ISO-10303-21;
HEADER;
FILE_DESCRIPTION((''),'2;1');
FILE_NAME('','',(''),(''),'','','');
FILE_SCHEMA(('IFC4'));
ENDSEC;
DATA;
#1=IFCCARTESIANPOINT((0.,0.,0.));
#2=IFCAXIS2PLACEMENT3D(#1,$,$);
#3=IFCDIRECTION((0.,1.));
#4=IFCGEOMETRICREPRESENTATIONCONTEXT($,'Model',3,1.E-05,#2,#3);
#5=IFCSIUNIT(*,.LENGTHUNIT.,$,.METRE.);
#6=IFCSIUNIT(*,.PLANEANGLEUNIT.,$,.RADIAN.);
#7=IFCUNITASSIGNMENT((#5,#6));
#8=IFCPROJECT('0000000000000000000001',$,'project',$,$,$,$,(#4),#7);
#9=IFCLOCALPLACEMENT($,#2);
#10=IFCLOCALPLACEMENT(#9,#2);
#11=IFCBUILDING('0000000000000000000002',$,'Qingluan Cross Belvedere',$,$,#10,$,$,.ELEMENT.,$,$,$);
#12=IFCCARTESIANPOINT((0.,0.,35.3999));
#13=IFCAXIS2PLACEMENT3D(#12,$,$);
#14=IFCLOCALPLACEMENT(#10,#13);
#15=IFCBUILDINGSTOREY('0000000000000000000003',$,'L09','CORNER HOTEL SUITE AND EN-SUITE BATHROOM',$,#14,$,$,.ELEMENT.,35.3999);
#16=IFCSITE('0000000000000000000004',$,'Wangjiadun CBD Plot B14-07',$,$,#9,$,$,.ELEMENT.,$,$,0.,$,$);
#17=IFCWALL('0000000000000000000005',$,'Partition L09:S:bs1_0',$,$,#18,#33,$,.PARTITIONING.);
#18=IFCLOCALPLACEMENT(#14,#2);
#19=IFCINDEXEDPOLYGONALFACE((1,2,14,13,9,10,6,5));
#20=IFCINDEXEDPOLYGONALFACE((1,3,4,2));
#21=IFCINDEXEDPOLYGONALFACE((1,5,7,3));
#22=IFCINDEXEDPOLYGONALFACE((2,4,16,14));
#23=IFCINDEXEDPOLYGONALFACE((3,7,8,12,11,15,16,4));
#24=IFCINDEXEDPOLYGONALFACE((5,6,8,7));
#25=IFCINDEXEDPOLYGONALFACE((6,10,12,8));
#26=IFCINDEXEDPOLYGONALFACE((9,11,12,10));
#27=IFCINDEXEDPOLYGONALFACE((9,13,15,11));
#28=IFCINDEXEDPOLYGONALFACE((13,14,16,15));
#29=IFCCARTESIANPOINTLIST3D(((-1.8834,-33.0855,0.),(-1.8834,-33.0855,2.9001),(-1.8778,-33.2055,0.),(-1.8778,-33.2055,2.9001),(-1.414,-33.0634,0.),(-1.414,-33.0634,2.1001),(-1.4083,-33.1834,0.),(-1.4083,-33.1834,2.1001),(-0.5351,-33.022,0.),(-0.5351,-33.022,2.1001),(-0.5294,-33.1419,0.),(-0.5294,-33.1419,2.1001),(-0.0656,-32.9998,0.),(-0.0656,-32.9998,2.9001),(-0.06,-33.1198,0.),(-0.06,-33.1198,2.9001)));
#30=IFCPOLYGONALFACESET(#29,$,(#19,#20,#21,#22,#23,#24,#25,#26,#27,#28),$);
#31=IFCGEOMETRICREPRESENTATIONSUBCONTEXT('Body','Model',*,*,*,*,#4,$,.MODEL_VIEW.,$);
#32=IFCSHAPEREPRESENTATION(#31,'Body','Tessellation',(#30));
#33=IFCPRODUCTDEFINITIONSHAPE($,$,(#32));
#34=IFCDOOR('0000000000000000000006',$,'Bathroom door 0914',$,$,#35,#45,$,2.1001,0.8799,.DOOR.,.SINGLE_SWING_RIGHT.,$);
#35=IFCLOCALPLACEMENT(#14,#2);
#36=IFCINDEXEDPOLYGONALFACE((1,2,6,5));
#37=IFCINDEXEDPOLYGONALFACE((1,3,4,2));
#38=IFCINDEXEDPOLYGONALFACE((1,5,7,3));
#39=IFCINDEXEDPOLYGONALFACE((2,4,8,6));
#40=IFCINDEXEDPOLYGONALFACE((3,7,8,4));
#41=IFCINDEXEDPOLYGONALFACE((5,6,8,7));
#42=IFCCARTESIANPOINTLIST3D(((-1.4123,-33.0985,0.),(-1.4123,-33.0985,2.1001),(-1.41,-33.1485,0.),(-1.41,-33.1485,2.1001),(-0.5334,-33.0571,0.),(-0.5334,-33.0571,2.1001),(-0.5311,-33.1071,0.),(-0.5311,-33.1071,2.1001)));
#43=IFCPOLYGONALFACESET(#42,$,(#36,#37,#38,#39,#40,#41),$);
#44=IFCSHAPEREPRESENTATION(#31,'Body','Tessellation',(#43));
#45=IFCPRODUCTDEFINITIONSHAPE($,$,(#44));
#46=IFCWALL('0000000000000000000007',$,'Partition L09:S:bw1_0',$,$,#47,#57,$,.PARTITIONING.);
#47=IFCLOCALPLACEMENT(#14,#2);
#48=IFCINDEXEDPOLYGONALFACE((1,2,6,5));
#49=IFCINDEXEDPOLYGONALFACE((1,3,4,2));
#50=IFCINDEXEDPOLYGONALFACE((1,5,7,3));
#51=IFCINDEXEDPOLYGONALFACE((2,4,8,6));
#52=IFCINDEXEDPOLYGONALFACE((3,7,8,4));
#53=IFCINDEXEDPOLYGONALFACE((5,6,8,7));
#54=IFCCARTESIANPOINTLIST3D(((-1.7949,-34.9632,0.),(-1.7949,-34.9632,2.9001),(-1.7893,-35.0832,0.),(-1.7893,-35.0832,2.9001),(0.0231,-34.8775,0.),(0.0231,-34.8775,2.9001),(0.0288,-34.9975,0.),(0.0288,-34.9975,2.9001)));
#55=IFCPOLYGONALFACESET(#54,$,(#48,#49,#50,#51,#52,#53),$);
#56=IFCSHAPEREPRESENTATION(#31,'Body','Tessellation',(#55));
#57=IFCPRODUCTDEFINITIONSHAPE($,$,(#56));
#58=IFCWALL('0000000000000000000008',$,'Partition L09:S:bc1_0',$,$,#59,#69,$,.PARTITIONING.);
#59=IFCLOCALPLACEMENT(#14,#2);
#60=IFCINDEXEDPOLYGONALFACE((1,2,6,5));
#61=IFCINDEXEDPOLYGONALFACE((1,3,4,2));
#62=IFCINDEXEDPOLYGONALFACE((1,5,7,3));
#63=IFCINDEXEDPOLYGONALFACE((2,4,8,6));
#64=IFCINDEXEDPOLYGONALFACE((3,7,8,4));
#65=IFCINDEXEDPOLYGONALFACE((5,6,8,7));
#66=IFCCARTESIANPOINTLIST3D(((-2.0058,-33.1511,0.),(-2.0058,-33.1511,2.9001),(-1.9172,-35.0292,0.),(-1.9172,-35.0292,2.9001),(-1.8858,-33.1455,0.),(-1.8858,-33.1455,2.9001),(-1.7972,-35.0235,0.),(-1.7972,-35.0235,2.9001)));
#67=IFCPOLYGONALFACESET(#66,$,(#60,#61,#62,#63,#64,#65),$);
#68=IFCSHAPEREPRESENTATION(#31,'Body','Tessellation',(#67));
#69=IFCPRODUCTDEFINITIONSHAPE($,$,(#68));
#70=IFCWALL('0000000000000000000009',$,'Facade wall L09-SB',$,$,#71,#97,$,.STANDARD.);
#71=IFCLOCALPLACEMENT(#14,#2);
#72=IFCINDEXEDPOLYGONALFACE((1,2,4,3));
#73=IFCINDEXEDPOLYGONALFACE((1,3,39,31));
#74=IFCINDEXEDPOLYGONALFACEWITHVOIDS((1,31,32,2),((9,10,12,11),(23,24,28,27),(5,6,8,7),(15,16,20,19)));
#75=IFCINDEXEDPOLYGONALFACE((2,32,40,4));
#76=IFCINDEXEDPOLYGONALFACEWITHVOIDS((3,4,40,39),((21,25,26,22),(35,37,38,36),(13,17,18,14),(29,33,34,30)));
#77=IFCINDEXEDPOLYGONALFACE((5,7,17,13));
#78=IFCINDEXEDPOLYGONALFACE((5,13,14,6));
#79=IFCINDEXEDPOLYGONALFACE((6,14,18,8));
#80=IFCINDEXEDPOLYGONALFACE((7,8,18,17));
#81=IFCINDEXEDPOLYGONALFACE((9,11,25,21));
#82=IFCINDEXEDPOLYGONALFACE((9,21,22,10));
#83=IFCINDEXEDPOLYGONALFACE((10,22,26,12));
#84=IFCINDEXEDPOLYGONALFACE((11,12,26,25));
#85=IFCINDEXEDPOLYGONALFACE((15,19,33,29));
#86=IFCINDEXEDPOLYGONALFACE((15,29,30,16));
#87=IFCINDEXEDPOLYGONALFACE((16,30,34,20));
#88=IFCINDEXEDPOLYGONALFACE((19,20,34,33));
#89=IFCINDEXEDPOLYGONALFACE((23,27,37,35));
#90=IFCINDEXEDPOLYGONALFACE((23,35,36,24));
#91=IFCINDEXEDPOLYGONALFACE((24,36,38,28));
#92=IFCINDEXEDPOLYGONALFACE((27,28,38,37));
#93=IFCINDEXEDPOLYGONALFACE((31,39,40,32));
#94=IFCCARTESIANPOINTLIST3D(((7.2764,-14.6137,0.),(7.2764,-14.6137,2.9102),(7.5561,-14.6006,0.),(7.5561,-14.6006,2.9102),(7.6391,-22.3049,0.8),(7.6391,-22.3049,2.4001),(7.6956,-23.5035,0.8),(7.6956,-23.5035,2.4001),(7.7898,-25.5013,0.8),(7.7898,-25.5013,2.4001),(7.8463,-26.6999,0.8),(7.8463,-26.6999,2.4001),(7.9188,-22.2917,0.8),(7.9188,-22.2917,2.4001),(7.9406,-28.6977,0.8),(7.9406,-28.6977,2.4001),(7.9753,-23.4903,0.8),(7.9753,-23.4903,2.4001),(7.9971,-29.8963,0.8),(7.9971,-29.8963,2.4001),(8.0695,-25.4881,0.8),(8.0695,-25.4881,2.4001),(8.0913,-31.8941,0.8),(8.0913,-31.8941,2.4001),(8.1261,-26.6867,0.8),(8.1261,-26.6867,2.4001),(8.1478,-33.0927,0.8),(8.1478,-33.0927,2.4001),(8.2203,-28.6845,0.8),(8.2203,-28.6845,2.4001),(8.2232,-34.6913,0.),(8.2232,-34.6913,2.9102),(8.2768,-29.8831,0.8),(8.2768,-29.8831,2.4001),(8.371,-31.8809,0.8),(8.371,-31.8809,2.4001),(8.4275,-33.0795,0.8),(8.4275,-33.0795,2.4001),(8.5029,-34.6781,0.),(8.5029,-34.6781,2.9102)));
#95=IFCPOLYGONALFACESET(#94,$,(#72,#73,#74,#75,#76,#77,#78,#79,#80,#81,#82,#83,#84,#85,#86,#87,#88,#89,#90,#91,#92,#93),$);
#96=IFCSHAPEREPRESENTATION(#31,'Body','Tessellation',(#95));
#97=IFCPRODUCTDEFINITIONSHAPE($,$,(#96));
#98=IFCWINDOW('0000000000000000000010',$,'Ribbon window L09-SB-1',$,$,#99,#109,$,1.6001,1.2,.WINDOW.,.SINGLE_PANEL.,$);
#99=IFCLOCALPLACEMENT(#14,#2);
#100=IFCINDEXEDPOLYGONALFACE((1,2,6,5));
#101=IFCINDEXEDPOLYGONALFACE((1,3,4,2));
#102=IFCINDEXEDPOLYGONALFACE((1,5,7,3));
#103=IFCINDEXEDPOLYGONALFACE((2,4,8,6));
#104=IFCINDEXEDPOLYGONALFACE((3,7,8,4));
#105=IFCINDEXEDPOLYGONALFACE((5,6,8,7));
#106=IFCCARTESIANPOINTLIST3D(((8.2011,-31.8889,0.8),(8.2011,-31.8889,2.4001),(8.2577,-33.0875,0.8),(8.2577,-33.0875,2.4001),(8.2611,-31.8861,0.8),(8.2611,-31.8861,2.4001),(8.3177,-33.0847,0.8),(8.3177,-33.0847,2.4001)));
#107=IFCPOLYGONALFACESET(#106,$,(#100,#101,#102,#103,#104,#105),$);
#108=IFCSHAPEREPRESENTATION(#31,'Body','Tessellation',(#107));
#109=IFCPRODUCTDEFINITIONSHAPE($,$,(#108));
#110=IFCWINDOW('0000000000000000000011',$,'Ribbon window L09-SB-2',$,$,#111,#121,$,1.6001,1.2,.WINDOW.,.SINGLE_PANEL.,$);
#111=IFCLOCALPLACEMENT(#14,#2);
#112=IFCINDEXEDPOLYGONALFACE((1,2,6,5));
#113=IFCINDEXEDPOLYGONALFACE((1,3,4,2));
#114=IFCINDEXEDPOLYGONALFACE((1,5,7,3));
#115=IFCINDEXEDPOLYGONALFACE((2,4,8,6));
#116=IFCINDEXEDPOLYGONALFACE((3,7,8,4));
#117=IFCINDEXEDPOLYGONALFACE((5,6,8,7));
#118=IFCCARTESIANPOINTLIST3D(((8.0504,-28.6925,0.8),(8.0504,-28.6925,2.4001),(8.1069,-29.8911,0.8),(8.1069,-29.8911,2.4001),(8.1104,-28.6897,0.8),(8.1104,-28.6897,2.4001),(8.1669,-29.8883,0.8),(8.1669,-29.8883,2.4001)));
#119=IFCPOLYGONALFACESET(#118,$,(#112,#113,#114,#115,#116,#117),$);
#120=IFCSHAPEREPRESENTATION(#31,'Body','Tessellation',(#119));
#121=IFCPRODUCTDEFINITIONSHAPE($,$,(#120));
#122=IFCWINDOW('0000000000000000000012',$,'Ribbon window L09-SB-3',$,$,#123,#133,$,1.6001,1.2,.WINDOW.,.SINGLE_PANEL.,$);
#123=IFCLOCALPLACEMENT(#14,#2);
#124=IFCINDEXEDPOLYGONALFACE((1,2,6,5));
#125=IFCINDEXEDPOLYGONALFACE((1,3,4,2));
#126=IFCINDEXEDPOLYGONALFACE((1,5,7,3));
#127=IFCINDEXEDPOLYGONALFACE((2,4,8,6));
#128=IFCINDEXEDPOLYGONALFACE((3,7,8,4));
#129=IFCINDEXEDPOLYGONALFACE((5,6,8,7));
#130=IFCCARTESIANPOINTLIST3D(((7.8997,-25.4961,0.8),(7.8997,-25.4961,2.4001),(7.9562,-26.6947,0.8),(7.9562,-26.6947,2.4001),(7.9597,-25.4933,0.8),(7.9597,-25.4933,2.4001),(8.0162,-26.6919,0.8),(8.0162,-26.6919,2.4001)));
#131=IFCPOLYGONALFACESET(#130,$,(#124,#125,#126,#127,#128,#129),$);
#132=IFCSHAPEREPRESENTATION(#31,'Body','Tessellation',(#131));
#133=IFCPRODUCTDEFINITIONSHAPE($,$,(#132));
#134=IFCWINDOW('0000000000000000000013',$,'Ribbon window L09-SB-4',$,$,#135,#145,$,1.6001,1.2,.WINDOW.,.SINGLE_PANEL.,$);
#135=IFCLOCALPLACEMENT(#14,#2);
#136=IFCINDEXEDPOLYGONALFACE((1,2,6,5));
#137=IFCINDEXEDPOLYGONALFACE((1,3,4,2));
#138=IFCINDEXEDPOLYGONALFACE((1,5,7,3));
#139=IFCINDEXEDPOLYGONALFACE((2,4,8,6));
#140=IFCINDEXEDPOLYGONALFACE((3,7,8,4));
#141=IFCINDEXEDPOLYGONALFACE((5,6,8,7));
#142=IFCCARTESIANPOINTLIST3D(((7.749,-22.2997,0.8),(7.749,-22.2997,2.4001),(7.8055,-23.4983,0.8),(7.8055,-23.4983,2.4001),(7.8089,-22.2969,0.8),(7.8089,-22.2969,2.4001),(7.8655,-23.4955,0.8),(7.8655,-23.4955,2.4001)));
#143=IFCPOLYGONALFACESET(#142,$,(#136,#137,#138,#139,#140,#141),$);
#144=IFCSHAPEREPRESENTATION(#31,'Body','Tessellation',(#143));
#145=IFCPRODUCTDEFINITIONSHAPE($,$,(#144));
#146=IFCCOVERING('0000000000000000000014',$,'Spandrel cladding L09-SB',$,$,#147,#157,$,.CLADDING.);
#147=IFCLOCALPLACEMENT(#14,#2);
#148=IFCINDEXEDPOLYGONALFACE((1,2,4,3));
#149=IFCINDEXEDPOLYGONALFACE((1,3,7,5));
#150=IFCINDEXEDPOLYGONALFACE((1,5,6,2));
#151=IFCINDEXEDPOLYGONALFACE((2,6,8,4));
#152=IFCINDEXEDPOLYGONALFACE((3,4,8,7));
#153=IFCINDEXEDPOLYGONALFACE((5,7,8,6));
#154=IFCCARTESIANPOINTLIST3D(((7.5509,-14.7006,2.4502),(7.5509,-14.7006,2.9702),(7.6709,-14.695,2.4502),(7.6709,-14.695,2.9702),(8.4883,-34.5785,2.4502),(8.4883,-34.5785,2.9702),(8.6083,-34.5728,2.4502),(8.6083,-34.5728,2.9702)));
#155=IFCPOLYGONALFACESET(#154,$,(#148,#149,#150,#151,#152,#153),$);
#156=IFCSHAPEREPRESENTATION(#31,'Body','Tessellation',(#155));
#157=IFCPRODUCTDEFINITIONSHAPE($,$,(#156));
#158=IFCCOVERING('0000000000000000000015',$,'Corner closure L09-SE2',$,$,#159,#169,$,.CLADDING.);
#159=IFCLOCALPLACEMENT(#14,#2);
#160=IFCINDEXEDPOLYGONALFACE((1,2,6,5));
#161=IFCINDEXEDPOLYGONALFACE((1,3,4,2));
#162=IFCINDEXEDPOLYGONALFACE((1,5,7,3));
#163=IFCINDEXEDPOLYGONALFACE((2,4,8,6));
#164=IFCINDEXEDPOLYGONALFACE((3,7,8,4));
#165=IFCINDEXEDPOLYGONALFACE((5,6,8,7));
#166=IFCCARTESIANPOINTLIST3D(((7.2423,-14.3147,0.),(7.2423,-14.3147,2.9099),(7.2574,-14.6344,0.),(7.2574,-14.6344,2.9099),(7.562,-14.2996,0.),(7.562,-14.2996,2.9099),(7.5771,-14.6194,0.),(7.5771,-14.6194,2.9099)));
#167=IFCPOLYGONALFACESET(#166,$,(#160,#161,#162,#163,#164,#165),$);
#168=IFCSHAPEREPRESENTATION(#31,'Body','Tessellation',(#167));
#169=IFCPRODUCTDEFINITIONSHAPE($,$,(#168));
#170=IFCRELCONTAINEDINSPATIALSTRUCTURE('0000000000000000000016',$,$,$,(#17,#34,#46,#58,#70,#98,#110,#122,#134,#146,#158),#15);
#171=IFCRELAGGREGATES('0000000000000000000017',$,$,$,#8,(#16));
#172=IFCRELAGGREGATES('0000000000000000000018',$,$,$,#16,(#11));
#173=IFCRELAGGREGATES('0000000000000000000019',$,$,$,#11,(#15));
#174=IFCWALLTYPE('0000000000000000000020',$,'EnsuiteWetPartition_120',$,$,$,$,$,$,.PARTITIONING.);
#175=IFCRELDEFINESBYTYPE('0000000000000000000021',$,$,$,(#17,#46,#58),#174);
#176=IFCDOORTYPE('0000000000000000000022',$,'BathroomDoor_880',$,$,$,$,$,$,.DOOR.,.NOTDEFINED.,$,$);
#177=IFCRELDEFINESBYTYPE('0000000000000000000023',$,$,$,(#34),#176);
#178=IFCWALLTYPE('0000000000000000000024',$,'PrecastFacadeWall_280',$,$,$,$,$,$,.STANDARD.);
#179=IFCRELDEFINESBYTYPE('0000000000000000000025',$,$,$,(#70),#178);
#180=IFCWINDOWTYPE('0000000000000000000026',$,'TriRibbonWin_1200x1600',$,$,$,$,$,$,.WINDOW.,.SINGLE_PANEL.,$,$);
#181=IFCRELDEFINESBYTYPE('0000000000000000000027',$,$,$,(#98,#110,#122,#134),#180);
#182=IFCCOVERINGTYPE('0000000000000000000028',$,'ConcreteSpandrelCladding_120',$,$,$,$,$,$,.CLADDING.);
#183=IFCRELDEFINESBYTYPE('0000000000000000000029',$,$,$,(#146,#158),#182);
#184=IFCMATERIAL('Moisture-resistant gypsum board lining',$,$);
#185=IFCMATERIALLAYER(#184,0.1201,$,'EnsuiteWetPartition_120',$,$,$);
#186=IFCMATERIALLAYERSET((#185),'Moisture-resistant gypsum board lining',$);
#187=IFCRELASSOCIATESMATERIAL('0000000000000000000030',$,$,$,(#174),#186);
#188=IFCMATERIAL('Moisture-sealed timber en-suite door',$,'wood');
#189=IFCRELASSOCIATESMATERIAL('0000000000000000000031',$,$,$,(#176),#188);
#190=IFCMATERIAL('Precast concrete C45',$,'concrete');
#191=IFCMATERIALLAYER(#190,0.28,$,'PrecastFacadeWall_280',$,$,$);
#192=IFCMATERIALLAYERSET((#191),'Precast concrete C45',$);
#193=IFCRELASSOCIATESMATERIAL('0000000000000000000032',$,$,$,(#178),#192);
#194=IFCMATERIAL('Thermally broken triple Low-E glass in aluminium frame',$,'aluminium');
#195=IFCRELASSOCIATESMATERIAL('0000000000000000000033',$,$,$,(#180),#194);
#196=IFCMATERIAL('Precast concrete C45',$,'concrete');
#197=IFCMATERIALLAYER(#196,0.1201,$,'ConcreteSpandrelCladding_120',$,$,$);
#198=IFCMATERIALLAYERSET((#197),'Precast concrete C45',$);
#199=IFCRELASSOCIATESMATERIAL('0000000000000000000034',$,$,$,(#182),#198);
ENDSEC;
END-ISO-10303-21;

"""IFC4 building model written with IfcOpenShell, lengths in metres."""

from ifc_helpers import new_model, si_unit, direction, frame, frame_2d, origin, origin_2d, place, context, subcontext, project, spatial, rectangle, extrude, material, layer, layer_set, type_object, element, fill, save


model = new_model("IFC4")

# Units and contexts
model_context = context("Model", 3, precision=1e-05, world=origin(), true_north=direction((0.0, 1.0)))
body_context = subcontext(model_context, "Body", "Model", "MODEL_VIEW")
ifc_project = project(units=[si_unit("LENGTHUNIT", "METRE"), si_unit("PLANEANGLEUNIT", "RADIAN")], contexts=[model_context])

# Site, building, storey
site_placement = place(None, origin())
site = spatial("IfcSite", under=ifc_project, at=site_placement, Name="Wangjiadun CBD Plot B14-07", CompositionType="ELEMENT", RefElevation=0.0)
building_placement = place(site_placement, origin())
building = spatial("IfcBuilding", under=site, at=building_placement, Name="Qingluan Cross Belvedere", CompositionType="ELEMENT")
storey_placement = place(building_placement, frame((0.0, 0.0, 35.3999)))
storey = spatial("IfcBuildingStorey", under=building, at=storey_placement, Name="L09", Description="CORNER HOTEL SUITE AND EN-SUITE BATHROOM", CompositionType="ELEMENT", Elevation=35.3999)

# Shared definitions
ifc_material_1 = material(Name="Moisture-resistant gypsum board lining")
ifc_layer_1 = layer(ifc_material_1, 0.1201, Name="EnsuiteWetPartition_120")
ifc_layer_set_1 = layer_set([ifc_layer_1], Name="Moisture-resistant gypsum board lining")
wall_type_1 = type_object("IfcWallType", Name="EnsuiteWetPartition_120", PredefinedType="PARTITIONING", material=ifc_layer_set_1)
ifc_material_2 = material(Name="Moisture-sealed timber en-suite door", Category="wood")
door_type_1 = type_object("IfcDoorType", Name="BathroomDoor_880", OperationType="NOTDEFINED", PredefinedType="DOOR", material=ifc_material_2)

# Wall, opening, door
wall_1_placement = place(storey_placement, frame((-1.8806, -33.1455, 0.0), z_axis=(0.0, 0.0, 1.0), x_axis=(0.998891, 0.047087, 0.0)))
wall_1 = element("IfcWall", 1, at=wall_1_placement, inside=storey, type_object=wall_type_1, Name="Partition L09:S:bs1_0", PredefinedType="PARTITIONING", context=body_context, shape_type="SweptSolid", body=[
    extrude(rectangle(XDim=1.8198, YDim=0.1201, at=frame_2d((0.9099, 0.0))), origin(), (0.0, 0.0, 1.0), 2.9001),
])
opening_1_placement = place(wall_1_placement, frame((0.47, 0.0, 0.0)))
opening_1 = element("IfcOpeningElement", 2, at=opening_1_placement, cuts=wall_1, PredefinedType="OPENING", context=body_context, shape_type="SweptSolid", body=[
    extrude(rectangle(XDim=0.8799, YDim=2.1001, at=frame_2d((0.4399, 1.05))), frame((0.0, 0.0701, 0.0), z_axis=(0.0, -1.0, 0.0), x_axis=(1.0, 0.0, 0.0)), (0.0, 0.0, 1.0), 0.1401),
])
door_1_placement = place(opening_1_placement, origin())
door_1 = element("IfcDoor", 3, at=door_1_placement, inside=storey, type_object=door_type_1, Name="Bathroom door 0914", OperationType="SINGLE_SWING_RIGHT", OverallHeight=2.1001, OverallWidth=0.8799, PredefinedType="DOOR", context=body_context, shape_type="SweptSolid", body=[
    extrude(rectangle(XDim=0.8799, YDim=2.1001, at=frame_2d((0.4399, 1.05))), frame((0.0, 0.0249, 0.0), z_axis=(0.0, -1.0, 0.0), x_axis=(1.0, 0.0, 0.0)), (0.0, 0.0, 1.0), 0.05),
])
fill(opening_1, door_1)

# Walls
wall_2_placement = place(storey_placement, frame((-1.7922, -35.0232, 0.0), z_axis=(0.0, 0.0, 1.0), x_axis=(0.998891, 0.047081, 0.0)))
element("IfcWall", 4, at=wall_2_placement, inside=storey, type_object=wall_type_1, Name="Partition L09:S:bw1_0", PredefinedType="PARTITIONING", context=body_context, shape_type="SweptSolid", body=[
    extrude(rectangle(XDim=1.8201, YDim=0.1201, at=frame_2d((0.9102, 0.0))), origin(), (0.0, 0.0, 1.0), 2.9001),
])
wall_3_placement = place(storey_placement, frame((-1.9458, -33.1484, 0.0), z_axis=(0.0, 0.0, 1.0), x_axis=(0.047139, -0.998888, 0.0)))
element("IfcWall", 5, at=wall_3_placement, inside=storey, type_object=wall_type_1, Name="Partition L09:S:bc1_0", PredefinedType="PARTITIONING", context=body_context, shape_type="SweptSolid", body=[
    extrude(rectangle(XDim=1.8801, YDim=0.1201, at=frame_2d((0.9399, 0.0))), origin(), (0.0, 0.0, 1.0), 2.9001),
])

# Wall, openings, windows
ifc_material_3 = material(Name="Precast concrete C45", Category="concrete")
ifc_layer_2 = layer(ifc_material_3, 0.28, Name="PrecastFacadeWall_280")
ifc_layer_set_2 = layer_set([ifc_layer_2], Name="Precast concrete C45")
wall_type_2 = type_object("IfcWallType", Name="PrecastFacadeWall_280", PredefinedType="STANDARD", material=ifc_layer_set_2)
wall_4_placement = place(storey_placement, frame((8.363, -34.6846, 0.0), z_axis=(0.0, 0.0, 1.0), x_axis=(-0.047103, 0.99889, 0.0)))
wall_4 = element("IfcWall", 6, at=wall_4_placement, inside=storey, type_object=wall_type_2, Name="Facade wall L09-SB", PredefinedType="STANDARD", context=body_context, shape_type="SweptSolid", body=[
    extrude(rectangle(XDim=20.0999, YDim=0.28, at=frame_2d((10.0498, 0.0))), origin(), (0.0, 0.0, 1.0), 2.9102),
])
opening_2_placement = place(wall_4_placement, frame((1.6001, 0.0, 0.8)))
opening_2 = element("IfcOpeningElement", 7, at=opening_2_placement, cuts=wall_4, PredefinedType="OPENING", context=body_context, shape_type="SweptSolid", body=[
    extrude(rectangle(XDim=1.2, YDim=1.6001, at=frame_2d((0.6001, 0.8))), frame((0.0, 0.1499, 0.0), z_axis=(0.0, -1.0, 0.0), x_axis=(1.0, 0.0, 0.0)), (0.0, 0.0, 1.0), 0.3),
])
opening_3_placement = place(wall_4_placement, frame((4.8, 0.0, 0.8)))
opening_3 = element("IfcOpeningElement", 8, at=opening_3_placement, cuts=wall_4, PredefinedType="OPENING", context=body_context, shape_type="SweptSolid", body=[
    extrude(rectangle(XDim=1.2, YDim=1.6001, at=frame_2d((0.6001, 0.8))), frame((0.0, 0.1499, 0.0), z_axis=(0.0, -1.0, 0.0), x_axis=(1.0, 0.0, 0.0)), (0.0, 0.0, 1.0), 0.3),
])
opening_4_placement = place(wall_4_placement, frame((8.0, 0.0, 0.8)))
opening_4 = element("IfcOpeningElement", 9, at=opening_4_placement, cuts=wall_4, PredefinedType="OPENING", context=body_context, shape_type="SweptSolid", body=[
    extrude(rectangle(XDim=1.2, YDim=1.6001, at=frame_2d((0.6001, 0.8))), frame((0.0, 0.1499, 0.0), z_axis=(0.0, -1.0, 0.0), x_axis=(1.0, 0.0, 0.0)), (0.0, 0.0, 1.0), 0.3),
])
opening_5_placement = place(wall_4_placement, frame((11.2, 0.0, 0.8)))
opening_5 = element("IfcOpeningElement", 10, at=opening_5_placement, cuts=wall_4, PredefinedType="OPENING", context=body_context, shape_type="SweptSolid", body=[
    extrude(rectangle(XDim=1.2, YDim=1.6001, at=frame_2d((0.6001, 0.8))), frame((0.0, 0.1499, 0.0), z_axis=(0.0, -1.0, 0.0), x_axis=(1.0, 0.0, 0.0)), (0.0, 0.0, 1.0), 0.3),
])
ifc_material_4 = material(Name="Thermally broken triple Low-E glass in aluminium frame", Category="aluminium")
window_type = type_object("IfcWindowType", Name="TriRibbonWin_1200x1600", PartitioningType="SINGLE_PANEL", PredefinedType="WINDOW", material=ifc_material_4)
window_1_placement = place(opening_2_placement, origin())
window_1 = element("IfcWindow", 11, at=window_1_placement, inside=storey, type_object=window_type, Name="Ribbon window L09-SB-1", OverallHeight=1.6001, OverallWidth=1.2, PartitioningType="SINGLE_PANEL", PredefinedType="WINDOW", context=body_context, shape_type="SweptSolid", body=[
    extrude(rectangle(XDim=1.2, YDim=1.6001, at=frame_2d((0.6001, 0.8))), frame((0.0, 0.03, 0.0), z_axis=(0.0, -1.0, 0.0), x_axis=(1.0, 0.0, 0.0)), (0.0, 0.0, 1.0), 0.0601),
])
fill(opening_2, window_1)
window_2_placement = place(opening_3_placement, origin())
window_2 = element("IfcWindow", 12, at=window_2_placement, inside=storey, type_object=window_type, Name="Ribbon window L09-SB-2", OverallHeight=1.6001, OverallWidth=1.2, PartitioningType="SINGLE_PANEL", PredefinedType="WINDOW", context=body_context, shape_type="SweptSolid", body=[
    extrude(rectangle(XDim=1.2, YDim=1.6001, at=frame_2d((0.6001, 0.8))), frame((0.0, 0.03, 0.0), z_axis=(0.0, -1.0, 0.0), x_axis=(1.0, 0.0, 0.0)), (0.0, 0.0, 1.0), 0.0601),
])
fill(opening_3, window_2)
window_3_placement = place(opening_4_placement, origin())
window_3 = element("IfcWindow", 13, at=window_3_placement, inside=storey, type_object=window_type, Name="Ribbon window L09-SB-3", OverallHeight=1.6001, OverallWidth=1.2, PartitioningType="SINGLE_PANEL", PredefinedType="WINDOW", context=body_context, shape_type="SweptSolid", body=[
    extrude(rectangle(XDim=1.2, YDim=1.6001, at=frame_2d((0.6001, 0.8))), frame((0.0, 0.03, 0.0), z_axis=(0.0, -1.0, 0.0), x_axis=(1.0, 0.0, 0.0)), (0.0, 0.0, 1.0), 0.0601),
])
fill(opening_4, window_3)
window_4_placement = place(opening_5_placement, origin())
window_4 = element("IfcWindow", 14, at=window_4_placement, inside=storey, type_object=window_type, Name="Ribbon window L09-SB-4", OverallHeight=1.6001, OverallWidth=1.2, PartitioningType="SINGLE_PANEL", PredefinedType="WINDOW", context=body_context, shape_type="SweptSolid", body=[
    extrude(rectangle(XDim=1.2, YDim=1.6001, at=frame_2d((0.6001, 0.8))), frame((0.0, 0.03, 0.0), z_axis=(0.0, -1.0, 0.0), x_axis=(1.0, 0.0, 0.0)), (0.0, 0.0, 1.0), 0.0601),
])
fill(opening_5, window_4)

# Coverings
ifc_material_5 = material(Name="Precast concrete C45", Category="concrete")
ifc_layer_3 = layer(ifc_material_5, 0.1201, Name="ConcreteSpandrelCladding_120")
ifc_layer_set_3 = layer_set([ifc_layer_3], Name="Precast concrete C45")
covering_type = type_object("IfcCoveringType", Name="ConcreteSpandrelCladding_120", PredefinedType="CLADDING", material=ifc_layer_set_3)
covering_1_placement = place(storey_placement, frame((8.0796, -24.6367, 2.4502), z_axis=(0.0, 0.0, 1.0), x_axis=(-0.047105, 0.99889, 0.0)))
element("IfcCovering", 15, at=covering_1_placement, inside=storey, type_object=covering_type, Name="Spandrel cladding L09-SB", PredefinedType="CLADDING", context=body_context, shape_type="SweptSolid", body=[
    extrude(rectangle(XDim=19.8999, YDim=0.1201, at=origin_2d()), origin(), (0.0, 0.0, 1.0), 0.52),
])
covering_2_placement = place(storey_placement, frame((7.4097, -14.467, 0.0), z_axis=(0.0, 0.0, 1.0), x_axis=(0.99889, 0.047106, 0.0)))
element("IfcCovering", 16, at=covering_2_placement, inside=storey, type_object=covering_type, Name="Corner closure L09-SE2", PredefinedType="CLADDING", context=body_context, shape_type="SweptSolid", body=[
    extrude(rectangle(XDim=0.3201, YDim=0.3201, at=origin_2d()), origin(), (0.0, 0.0, 1.0), 2.9099),
])

save(model, "model.ifc")
